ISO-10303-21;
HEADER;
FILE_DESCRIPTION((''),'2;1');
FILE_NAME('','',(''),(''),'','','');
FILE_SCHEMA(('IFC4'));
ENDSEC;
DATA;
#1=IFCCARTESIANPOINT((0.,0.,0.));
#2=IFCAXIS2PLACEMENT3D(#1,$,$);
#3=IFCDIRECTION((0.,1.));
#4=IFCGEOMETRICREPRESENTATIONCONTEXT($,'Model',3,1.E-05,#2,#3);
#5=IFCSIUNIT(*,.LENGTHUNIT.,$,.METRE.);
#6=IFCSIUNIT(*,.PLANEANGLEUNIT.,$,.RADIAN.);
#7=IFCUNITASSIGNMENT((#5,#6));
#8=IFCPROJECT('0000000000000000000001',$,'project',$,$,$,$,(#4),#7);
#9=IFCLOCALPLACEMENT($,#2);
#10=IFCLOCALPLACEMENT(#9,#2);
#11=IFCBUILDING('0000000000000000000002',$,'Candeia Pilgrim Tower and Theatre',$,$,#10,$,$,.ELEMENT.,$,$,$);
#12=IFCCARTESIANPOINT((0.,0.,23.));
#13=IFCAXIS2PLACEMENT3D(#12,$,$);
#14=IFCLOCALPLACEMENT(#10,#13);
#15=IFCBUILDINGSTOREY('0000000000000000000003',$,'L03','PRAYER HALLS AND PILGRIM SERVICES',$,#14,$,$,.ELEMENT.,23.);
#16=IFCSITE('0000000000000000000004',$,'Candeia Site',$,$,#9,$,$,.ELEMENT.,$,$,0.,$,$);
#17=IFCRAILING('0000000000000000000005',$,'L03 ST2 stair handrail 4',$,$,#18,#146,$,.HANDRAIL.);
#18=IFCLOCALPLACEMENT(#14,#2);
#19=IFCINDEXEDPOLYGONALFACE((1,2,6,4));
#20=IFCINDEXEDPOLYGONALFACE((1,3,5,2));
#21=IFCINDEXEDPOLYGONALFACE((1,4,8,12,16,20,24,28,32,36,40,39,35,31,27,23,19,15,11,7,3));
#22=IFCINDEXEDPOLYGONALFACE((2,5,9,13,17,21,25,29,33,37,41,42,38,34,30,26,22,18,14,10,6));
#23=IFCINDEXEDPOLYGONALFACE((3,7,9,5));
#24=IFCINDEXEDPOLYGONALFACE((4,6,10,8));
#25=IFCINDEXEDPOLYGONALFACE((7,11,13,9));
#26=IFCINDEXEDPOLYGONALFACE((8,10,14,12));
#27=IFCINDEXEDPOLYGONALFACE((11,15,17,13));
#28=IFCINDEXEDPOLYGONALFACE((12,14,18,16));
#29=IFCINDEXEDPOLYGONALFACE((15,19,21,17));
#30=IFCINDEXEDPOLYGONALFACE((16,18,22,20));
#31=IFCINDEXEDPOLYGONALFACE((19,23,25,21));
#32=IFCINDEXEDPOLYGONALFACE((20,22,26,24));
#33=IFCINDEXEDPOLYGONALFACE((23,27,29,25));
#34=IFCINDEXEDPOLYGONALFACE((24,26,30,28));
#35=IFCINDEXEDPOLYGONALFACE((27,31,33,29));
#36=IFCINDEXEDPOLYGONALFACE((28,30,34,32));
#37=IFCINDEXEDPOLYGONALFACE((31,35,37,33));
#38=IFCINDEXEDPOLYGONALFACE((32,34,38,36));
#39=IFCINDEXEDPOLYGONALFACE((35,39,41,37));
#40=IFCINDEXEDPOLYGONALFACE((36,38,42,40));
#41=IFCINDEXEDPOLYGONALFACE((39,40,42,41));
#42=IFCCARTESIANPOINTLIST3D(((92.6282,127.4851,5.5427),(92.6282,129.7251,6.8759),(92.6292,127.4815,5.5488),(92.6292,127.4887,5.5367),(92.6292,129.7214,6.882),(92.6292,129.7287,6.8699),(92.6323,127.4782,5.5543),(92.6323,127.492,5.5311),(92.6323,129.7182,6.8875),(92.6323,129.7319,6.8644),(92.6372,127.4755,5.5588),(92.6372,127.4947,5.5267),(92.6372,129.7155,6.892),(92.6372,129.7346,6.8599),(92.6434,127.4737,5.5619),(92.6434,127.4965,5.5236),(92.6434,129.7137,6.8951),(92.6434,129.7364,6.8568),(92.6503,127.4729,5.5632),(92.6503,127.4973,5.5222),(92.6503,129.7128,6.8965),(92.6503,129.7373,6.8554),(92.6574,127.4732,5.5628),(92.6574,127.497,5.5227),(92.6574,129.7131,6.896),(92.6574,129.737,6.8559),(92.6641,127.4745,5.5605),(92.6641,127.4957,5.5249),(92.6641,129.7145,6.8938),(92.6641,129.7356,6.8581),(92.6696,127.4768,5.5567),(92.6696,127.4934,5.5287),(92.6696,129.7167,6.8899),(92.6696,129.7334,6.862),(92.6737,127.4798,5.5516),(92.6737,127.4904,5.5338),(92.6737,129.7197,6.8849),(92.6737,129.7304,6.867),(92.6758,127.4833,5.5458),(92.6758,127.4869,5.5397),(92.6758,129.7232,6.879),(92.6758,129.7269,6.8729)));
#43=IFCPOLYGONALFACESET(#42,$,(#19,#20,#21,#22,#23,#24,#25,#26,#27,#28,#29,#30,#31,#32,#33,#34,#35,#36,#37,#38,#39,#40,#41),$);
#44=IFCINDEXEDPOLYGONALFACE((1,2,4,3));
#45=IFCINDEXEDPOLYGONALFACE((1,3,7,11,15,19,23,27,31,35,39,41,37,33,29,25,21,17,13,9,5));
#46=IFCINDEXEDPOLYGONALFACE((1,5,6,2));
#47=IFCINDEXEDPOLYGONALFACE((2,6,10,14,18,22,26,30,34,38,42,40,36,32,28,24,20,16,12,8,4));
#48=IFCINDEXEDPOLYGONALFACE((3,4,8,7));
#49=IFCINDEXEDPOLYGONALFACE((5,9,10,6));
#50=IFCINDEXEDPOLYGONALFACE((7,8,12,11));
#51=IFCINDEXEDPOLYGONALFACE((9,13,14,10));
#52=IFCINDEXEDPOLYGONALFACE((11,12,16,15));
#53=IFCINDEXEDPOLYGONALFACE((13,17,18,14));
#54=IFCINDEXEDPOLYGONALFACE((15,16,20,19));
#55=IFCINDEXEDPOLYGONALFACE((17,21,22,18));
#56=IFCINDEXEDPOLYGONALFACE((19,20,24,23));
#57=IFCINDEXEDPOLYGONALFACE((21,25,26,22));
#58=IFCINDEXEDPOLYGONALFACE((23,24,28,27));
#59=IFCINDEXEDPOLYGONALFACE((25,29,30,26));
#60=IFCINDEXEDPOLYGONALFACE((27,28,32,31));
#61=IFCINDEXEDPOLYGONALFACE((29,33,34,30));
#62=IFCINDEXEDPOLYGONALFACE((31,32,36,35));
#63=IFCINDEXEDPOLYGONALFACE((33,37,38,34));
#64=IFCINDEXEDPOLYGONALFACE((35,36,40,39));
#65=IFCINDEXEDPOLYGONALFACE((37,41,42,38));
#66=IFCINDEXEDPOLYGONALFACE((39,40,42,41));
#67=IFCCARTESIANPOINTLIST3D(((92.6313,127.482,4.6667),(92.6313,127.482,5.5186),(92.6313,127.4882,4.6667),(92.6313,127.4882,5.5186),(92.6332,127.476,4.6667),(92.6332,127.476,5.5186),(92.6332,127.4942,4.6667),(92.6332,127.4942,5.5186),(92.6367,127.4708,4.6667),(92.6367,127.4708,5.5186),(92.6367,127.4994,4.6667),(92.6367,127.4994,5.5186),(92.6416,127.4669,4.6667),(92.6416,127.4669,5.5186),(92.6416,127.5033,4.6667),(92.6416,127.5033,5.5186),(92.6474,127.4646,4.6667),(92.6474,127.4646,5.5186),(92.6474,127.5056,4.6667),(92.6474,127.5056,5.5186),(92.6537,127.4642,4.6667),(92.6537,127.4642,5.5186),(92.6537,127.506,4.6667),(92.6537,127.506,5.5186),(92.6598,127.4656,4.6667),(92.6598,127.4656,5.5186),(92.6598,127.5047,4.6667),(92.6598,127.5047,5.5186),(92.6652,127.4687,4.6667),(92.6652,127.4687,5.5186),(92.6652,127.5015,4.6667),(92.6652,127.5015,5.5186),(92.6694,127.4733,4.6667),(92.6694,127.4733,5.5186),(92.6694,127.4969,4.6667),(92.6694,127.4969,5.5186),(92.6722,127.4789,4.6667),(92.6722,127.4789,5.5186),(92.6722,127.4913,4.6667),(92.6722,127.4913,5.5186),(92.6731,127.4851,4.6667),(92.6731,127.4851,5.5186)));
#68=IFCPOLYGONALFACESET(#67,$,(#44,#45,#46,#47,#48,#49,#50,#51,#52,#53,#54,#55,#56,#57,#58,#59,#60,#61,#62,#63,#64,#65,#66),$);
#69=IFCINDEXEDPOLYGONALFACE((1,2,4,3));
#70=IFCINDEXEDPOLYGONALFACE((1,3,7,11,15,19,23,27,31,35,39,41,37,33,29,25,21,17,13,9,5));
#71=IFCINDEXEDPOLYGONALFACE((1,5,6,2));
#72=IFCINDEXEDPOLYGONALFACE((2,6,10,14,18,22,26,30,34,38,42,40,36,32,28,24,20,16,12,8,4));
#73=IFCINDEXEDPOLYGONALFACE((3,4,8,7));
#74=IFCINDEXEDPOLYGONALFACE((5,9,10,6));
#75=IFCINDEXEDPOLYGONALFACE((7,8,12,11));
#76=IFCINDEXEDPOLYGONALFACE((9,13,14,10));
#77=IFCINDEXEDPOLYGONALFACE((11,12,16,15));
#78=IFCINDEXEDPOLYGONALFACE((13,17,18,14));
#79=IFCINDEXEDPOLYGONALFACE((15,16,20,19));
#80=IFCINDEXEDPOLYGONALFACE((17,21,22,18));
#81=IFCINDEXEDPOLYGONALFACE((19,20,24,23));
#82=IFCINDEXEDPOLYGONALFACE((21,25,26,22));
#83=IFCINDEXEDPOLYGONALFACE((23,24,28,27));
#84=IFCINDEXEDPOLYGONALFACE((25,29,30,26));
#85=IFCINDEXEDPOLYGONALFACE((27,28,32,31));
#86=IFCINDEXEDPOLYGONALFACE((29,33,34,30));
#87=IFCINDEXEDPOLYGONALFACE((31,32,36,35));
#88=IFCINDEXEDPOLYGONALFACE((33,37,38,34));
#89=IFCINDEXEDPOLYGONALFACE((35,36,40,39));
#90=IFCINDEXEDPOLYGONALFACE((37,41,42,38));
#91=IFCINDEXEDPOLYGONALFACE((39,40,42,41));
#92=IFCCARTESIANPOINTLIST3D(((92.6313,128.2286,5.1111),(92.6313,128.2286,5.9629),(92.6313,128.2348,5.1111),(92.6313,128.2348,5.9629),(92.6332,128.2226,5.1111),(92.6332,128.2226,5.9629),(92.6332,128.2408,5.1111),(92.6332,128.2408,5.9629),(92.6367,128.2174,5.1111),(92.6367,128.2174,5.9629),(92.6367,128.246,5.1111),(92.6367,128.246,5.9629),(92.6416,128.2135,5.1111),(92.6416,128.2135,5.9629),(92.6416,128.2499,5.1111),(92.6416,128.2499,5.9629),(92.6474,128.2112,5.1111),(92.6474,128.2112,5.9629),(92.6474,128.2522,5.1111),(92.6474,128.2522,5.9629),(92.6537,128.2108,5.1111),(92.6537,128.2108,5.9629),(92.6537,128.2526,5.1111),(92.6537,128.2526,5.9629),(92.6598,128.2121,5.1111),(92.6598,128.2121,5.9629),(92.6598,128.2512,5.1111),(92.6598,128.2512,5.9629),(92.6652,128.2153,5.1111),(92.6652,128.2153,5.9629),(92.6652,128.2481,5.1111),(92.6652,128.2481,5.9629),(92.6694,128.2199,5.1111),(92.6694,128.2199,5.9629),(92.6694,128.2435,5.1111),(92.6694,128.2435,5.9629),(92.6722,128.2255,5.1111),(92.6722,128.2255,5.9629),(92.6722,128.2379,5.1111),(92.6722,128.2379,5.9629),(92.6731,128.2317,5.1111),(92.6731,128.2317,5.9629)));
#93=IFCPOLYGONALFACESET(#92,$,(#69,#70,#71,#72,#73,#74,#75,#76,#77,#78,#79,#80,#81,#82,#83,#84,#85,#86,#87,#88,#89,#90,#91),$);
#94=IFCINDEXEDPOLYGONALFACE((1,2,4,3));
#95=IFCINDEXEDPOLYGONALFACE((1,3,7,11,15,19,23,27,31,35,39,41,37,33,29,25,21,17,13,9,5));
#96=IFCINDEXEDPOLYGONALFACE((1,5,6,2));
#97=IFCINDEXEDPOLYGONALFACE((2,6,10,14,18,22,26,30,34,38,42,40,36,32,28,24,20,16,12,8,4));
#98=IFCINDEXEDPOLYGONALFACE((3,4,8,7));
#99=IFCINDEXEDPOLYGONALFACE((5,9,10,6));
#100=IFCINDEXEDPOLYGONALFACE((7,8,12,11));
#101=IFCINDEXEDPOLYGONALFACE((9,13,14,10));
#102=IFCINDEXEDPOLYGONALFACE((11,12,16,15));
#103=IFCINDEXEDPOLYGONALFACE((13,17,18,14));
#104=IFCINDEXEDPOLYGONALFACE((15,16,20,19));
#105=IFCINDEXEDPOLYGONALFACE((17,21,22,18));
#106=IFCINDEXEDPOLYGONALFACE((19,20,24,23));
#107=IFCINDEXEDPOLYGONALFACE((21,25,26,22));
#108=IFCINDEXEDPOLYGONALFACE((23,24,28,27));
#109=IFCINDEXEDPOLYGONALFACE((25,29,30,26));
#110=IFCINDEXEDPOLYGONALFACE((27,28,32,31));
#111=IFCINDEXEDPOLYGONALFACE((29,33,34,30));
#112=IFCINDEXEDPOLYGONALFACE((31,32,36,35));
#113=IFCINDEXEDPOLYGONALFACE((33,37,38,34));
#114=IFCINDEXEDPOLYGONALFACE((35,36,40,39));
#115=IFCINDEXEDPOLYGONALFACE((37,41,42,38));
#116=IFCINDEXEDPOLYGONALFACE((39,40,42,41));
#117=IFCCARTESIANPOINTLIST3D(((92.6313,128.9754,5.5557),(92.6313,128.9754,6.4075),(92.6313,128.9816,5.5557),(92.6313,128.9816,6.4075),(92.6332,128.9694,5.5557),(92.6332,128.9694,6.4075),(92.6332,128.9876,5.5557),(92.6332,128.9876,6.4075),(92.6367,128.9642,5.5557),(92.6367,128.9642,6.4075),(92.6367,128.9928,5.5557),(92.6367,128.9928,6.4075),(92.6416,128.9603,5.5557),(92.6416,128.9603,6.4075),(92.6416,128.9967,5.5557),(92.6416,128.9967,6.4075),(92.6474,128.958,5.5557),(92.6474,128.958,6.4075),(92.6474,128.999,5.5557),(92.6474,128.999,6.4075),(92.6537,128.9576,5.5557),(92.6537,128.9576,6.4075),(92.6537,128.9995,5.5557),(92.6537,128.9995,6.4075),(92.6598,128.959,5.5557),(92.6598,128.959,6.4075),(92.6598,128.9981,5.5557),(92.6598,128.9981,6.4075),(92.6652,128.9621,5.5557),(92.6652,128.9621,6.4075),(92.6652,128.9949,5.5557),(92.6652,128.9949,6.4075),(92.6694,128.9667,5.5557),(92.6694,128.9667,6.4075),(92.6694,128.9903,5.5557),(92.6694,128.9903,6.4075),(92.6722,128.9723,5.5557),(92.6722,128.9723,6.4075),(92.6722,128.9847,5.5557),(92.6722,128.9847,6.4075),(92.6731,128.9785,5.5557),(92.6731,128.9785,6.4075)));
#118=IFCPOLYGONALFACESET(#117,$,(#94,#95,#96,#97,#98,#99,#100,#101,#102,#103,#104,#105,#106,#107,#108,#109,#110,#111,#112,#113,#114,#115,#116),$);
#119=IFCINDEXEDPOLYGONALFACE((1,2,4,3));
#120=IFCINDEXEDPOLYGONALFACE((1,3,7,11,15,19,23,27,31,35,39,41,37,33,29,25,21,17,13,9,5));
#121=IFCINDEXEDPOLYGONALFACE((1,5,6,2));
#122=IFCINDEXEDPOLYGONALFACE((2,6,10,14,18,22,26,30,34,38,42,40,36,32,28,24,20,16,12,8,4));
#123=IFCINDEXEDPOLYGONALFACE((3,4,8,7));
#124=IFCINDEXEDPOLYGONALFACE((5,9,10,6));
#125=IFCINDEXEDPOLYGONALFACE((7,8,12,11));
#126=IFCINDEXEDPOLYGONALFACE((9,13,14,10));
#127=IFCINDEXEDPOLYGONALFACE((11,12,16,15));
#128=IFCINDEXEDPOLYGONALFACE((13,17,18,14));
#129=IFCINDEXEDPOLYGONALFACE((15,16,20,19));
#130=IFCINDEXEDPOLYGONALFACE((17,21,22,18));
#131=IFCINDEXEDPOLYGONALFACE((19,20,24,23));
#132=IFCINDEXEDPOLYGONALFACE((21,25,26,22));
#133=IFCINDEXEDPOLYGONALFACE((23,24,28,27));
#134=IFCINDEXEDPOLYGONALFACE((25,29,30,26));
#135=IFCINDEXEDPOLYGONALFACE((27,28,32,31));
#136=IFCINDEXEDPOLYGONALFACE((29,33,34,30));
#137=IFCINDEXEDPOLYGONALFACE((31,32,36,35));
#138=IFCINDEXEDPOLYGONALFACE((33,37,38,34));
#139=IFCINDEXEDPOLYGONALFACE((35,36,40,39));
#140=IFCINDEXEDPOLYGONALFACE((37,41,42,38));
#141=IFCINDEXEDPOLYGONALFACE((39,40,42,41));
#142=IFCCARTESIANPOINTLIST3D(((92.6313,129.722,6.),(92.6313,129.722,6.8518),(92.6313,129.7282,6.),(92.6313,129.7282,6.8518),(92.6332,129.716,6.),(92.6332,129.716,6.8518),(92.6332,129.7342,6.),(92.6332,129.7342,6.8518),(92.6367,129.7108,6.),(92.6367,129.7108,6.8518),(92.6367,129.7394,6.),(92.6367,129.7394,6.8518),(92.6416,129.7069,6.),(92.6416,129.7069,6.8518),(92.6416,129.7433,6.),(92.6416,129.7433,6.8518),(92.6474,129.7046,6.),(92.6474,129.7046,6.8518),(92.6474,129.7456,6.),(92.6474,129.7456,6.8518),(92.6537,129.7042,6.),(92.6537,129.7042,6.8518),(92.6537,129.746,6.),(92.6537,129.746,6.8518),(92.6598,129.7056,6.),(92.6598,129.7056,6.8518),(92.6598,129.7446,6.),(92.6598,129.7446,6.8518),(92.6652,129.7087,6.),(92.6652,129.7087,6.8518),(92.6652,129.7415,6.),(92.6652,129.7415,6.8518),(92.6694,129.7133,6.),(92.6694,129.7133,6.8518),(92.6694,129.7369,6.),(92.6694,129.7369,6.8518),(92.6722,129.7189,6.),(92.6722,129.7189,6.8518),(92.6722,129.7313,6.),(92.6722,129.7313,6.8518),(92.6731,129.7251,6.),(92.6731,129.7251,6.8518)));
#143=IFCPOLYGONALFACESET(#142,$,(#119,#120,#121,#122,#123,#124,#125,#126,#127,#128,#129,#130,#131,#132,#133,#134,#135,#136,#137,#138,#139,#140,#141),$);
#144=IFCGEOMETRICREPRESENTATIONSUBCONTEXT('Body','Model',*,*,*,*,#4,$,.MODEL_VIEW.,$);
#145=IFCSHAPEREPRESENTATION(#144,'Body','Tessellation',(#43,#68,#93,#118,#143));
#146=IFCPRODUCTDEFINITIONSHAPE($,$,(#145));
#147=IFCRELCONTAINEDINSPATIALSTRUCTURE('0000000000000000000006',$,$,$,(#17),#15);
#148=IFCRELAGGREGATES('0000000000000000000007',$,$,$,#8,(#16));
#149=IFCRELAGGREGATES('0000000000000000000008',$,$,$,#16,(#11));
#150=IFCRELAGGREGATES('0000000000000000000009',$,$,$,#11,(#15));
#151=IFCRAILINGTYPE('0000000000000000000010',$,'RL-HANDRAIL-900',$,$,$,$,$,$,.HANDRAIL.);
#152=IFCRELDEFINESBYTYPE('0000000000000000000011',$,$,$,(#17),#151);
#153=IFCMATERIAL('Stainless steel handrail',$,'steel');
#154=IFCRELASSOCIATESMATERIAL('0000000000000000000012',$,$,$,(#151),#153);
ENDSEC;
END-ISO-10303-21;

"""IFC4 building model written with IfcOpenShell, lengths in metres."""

from ifc_helpers import new_model, si_unit, direction, frame, origin, origin_2d, place, context, subcontext, project, spatial, circle, extrude, material, type_object, element, save


model = new_model("IFC4")

# Units and contexts
model_context = context("Model", 3, precision=1e-05, world=origin(), true_north=direction((0.0, 1.0)))
body_context = subcontext(model_context, "Body", "Model", "MODEL_VIEW")
ifc_project = project(units=[si_unit("LENGTHUNIT", "METRE"), si_unit("PLANEANGLEUNIT", "RADIAN")], contexts=[model_context])

# Site, building, storey
site_placement = place(None, origin())
site = spatial("IfcSite", under=ifc_project, at=site_placement, Name="Candeia Site", CompositionType="ELEMENT", RefElevation=0.0)
building_placement = place(site_placement, origin())
building = spatial("IfcBuilding", under=site, at=building_placement, Name="Candeia Pilgrim Tower and Theatre", CompositionType="ELEMENT")
storey_placement = place(building_placement, frame((0.0, 0.0, 23.0)))
storey = spatial("IfcBuildingStorey", under=building, at=storey_placement, Name="L03", Description="PRAYER HALLS AND PILGRIM SERVICES", CompositionType="ELEMENT", Elevation=23.0)

# Railing
ifc_material_1 = material(Name="Stainless steel handrail", Category="steel")
railing_type = type_object("IfcRailingType", Name="RL-HANDRAIL-900", PredefinedType="HANDRAIL", material=ifc_material_1)
for number, where, name in (
    (1, (92.6521, 127.4851, 4.6667), "L03 ST2 stair handrail 4"),
):
    element("IfcRailing", number, at=place(storey_placement, frame(where)), inside=storey, type_object=railing_type, Name=name, PredefinedType="HANDRAIL", context=body_context, shape_type="SweptSolid", body=[
        extrude(circle(Radius=0.0239, at=origin_2d()), frame((0.0, 0.0, 0.876), z_axis=(0.0, 0.859306, 0.511462), x_axis=(-1.0, 0.0, 0.0)), (0.0, 0.0, 1.0), 2.6067),
        extrude(circle(Radius=0.021, at=origin_2d()), origin(), (0.0, 0.0, 1.0), 0.8518),
        extrude(circle(Radius=0.021, at=origin_2d()), frame((0.0, 0.7466, 0.4443)), (0.0, 0.0, 1.0), 0.8518),
        extrude(circle(Radius=0.021, at=origin_2d()), frame((0.0, 1.4934, 0.8889)), (0.0, 0.0, 1.0), 0.8518),
        extrude(circle(Radius=0.021, at=origin_2d()), frame((0.0, 2.24, 1.3333)), (0.0, 0.0, 1.0), 0.8518),
    ])

save(model, "model.ifc")
